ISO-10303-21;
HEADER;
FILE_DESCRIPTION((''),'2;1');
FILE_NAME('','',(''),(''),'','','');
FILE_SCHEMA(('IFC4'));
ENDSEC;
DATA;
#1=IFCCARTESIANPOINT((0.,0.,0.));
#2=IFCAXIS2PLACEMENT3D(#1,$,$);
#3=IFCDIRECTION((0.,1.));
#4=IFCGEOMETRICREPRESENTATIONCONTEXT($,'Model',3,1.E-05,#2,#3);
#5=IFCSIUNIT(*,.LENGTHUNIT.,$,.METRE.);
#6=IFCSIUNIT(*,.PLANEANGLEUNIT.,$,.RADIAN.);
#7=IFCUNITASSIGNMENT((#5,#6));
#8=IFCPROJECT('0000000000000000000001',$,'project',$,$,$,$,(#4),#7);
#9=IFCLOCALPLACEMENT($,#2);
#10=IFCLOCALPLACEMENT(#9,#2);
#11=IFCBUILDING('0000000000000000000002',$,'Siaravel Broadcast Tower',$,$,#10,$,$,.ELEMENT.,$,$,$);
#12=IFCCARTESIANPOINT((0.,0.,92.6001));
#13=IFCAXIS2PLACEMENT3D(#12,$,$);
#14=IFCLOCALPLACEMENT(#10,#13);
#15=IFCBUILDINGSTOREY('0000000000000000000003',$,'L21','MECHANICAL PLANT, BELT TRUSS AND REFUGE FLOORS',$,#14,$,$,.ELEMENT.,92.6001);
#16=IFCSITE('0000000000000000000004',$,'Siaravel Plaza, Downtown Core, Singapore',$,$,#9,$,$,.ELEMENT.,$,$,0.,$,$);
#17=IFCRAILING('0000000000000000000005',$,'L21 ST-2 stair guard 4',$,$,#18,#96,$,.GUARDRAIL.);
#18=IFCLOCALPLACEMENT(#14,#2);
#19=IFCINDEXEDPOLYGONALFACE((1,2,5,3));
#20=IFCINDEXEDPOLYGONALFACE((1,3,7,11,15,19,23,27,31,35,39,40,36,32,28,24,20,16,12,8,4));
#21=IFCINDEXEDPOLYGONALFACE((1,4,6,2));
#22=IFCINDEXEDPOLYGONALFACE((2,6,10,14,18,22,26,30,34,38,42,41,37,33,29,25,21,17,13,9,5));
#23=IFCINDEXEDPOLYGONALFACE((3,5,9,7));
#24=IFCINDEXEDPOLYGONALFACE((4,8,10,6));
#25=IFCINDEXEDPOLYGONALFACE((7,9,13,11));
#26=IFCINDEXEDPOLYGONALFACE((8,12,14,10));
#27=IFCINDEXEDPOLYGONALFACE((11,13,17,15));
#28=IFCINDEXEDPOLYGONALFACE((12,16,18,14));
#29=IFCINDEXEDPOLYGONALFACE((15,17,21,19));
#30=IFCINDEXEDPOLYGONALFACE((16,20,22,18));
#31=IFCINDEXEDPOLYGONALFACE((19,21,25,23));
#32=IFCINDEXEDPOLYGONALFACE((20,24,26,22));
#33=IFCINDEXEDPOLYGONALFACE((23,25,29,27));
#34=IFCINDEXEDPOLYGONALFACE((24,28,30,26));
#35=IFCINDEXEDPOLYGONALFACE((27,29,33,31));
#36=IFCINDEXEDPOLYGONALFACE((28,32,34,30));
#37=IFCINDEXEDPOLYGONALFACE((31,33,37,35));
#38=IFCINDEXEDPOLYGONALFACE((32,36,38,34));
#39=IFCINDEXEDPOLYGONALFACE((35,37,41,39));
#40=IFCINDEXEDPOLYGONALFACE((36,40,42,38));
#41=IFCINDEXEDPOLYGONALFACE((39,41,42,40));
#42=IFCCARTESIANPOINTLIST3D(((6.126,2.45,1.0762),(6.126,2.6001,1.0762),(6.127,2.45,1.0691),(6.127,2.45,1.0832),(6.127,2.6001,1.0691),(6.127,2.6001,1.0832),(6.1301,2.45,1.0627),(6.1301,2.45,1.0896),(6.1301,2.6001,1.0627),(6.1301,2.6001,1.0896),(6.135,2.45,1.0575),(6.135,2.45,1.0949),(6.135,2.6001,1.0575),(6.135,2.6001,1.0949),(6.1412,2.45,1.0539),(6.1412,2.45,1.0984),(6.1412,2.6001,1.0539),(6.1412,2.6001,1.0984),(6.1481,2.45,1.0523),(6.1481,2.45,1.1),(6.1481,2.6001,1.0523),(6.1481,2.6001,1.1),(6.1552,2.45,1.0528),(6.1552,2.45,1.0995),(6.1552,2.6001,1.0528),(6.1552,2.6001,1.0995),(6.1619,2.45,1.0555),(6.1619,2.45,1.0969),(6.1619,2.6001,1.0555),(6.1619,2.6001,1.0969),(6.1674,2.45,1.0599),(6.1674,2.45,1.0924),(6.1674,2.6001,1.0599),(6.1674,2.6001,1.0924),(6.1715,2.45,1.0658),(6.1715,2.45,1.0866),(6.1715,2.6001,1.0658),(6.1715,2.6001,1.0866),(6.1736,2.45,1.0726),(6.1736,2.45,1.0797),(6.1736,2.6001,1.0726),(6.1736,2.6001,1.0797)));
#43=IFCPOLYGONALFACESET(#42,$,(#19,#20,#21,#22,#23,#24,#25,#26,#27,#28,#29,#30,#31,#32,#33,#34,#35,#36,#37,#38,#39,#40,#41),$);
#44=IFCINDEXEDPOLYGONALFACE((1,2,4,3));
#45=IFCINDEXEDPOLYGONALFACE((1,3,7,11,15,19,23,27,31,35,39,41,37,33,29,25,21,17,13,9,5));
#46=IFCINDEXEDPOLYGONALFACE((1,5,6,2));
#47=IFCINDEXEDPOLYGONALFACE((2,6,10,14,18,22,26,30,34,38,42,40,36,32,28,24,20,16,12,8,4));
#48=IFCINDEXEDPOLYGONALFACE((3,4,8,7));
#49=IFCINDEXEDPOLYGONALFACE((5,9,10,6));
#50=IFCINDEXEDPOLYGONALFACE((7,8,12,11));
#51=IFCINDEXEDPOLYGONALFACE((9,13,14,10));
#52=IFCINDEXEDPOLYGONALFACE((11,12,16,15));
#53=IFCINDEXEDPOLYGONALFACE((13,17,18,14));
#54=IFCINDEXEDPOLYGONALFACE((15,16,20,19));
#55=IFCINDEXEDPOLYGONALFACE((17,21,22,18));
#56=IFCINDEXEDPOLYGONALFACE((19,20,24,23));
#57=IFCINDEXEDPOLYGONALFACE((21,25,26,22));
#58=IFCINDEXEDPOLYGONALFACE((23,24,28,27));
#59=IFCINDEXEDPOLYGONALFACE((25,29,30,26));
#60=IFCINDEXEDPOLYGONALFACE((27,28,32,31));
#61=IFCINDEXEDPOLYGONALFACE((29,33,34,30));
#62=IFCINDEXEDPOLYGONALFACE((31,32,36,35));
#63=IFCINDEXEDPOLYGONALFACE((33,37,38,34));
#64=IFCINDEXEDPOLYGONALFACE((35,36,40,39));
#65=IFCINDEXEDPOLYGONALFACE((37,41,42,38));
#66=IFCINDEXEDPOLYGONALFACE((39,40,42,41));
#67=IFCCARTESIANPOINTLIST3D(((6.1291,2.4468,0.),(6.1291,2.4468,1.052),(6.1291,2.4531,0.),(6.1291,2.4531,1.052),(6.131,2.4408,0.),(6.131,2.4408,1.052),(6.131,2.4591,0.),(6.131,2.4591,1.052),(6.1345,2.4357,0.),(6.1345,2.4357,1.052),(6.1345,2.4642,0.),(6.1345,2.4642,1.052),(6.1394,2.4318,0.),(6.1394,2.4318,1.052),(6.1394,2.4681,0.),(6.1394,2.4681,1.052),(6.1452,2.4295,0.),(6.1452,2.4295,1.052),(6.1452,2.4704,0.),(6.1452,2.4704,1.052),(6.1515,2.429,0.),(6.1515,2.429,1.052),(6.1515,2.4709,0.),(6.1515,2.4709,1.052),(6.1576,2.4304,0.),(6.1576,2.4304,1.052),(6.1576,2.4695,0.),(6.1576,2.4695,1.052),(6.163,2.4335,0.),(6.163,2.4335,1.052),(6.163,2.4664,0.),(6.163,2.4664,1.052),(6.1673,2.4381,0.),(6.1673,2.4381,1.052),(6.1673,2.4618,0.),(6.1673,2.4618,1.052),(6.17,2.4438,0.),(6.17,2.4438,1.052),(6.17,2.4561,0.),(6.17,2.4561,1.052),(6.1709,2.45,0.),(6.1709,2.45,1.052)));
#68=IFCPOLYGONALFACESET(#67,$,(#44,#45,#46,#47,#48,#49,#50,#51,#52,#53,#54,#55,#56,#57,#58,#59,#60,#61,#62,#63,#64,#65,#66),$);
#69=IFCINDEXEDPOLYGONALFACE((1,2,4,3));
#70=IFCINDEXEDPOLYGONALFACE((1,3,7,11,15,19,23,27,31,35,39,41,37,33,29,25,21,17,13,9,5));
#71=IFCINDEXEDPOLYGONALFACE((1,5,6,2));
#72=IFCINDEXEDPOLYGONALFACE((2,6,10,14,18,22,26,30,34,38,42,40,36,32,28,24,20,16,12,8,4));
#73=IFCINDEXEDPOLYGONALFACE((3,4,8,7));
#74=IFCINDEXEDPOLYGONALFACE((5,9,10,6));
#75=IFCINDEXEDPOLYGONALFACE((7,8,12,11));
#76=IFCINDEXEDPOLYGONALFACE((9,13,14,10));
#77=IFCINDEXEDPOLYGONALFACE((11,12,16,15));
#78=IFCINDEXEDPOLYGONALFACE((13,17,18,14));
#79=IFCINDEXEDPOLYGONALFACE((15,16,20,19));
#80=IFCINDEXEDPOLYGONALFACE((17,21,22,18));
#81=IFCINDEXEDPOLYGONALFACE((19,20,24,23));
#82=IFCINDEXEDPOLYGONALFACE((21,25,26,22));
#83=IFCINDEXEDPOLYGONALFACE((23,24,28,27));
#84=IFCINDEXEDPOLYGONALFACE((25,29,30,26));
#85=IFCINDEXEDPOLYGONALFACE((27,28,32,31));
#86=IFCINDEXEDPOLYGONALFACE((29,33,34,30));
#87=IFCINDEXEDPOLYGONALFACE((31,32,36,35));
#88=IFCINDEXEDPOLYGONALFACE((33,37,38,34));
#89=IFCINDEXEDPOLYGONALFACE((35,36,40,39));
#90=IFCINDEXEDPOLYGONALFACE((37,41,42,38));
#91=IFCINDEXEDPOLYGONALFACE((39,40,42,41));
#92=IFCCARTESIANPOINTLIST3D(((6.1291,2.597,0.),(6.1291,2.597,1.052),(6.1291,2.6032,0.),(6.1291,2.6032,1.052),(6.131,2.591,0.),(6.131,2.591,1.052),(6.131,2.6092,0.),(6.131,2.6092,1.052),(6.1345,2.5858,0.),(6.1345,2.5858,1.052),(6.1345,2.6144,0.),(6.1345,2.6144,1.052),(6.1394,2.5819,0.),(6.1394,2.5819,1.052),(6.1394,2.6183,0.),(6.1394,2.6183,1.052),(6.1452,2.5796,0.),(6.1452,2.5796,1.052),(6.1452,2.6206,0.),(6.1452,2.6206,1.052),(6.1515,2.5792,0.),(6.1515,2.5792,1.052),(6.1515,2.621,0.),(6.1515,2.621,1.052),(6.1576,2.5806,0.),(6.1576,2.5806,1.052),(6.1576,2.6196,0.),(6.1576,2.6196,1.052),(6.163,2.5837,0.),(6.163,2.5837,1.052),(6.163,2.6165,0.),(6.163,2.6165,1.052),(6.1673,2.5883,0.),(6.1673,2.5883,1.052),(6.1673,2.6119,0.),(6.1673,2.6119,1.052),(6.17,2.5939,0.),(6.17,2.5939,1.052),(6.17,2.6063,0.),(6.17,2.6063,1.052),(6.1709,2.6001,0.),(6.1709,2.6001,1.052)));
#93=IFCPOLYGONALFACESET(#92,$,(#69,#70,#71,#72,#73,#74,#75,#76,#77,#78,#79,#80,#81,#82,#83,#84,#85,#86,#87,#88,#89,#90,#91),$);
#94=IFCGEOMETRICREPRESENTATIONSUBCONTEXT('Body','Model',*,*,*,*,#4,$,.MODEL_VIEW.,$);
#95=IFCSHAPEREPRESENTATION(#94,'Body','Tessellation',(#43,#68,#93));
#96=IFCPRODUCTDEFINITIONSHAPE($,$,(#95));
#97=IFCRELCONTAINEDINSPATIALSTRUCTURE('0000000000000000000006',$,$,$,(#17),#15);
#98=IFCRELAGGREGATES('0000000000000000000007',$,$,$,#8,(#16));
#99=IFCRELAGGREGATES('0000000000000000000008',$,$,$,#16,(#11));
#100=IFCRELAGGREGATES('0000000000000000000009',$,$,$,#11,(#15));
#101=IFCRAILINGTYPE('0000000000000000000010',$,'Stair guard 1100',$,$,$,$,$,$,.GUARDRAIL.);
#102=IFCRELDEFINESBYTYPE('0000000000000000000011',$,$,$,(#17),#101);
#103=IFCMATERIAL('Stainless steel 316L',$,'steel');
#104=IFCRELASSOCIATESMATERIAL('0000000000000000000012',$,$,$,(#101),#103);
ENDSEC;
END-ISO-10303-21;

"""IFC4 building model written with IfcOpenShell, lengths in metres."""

from ifc_helpers import new_model, si_unit, direction, frame, origin, origin_2d, place, context, subcontext, project, spatial, circle, extrude, material, type_object, element, save


model = new_model("IFC4")

# Units and contexts
model_context = context("Model", 3, precision=1e-05, world=origin(), true_north=direction((0.0, 1.0)))
body_context = subcontext(model_context, "Body", "Model", "MODEL_VIEW")
ifc_project = project(units=[si_unit("LENGTHUNIT", "METRE"), si_unit("PLANEANGLEUNIT", "RADIAN")], contexts=[model_context])

# Site, building, storey
site_placement = place(None, origin())
site = spatial("IfcSite", under=ifc_project, at=site_placement, Name="Siaravel Plaza, Downtown Core, Singapore", CompositionType="ELEMENT", RefElevation=0.0)
building_placement = place(site_placement, origin())
building = spatial("IfcBuilding", under=site, at=building_placement, Name="Siaravel Broadcast Tower", CompositionType="ELEMENT")
storey_placement = place(building_placement, frame((0.0, 0.0, 92.6001)))
storey = spatial("IfcBuildingStorey", under=building, at=storey_placement, Name="L21", Description="MECHANICAL PLANT, BELT TRUSS AND REFUGE FLOORS", CompositionType="ELEMENT", Elevation=92.6001)

# Railing
ifc_material_1 = material(Name="Stainless steel 316L", Category="steel")
railing_type_1 = type_object("IfcRailingType", Name="Stair guard 1100", PredefinedType="GUARDRAIL", material=ifc_material_1)
railing_1_placement = place(storey_placement, frame((6.1499, 2.45, 0.0)))
element("IfcRailing", 1, at=railing_1_placement, inside=storey, type_object=railing_type_1, Name="L21 ST-2 stair guard 4", PredefinedType="GUARDRAIL", context=body_context, shape_type="SweptSolid", body=[
    extrude(circle(Radius=0.0239, at=origin_2d()), frame((0.0, 0.0, 1.0762), z_axis=(0.0, 1.0, 0.0), x_axis=(-1.0, 0.0, 0.0)), (0.0, 0.0, 1.0), 0.1501),
    extrude(circle(Radius=0.021, at=origin_2d()), origin(), (0.0, 0.0, 1.0), 1.052),
    extrude(circle(Radius=0.021, at=origin_2d()), frame((0.0, 0.1501, 0.0)), (0.0, 0.0, 1.0), 1.052),
])

save(model, "model.ifc")
